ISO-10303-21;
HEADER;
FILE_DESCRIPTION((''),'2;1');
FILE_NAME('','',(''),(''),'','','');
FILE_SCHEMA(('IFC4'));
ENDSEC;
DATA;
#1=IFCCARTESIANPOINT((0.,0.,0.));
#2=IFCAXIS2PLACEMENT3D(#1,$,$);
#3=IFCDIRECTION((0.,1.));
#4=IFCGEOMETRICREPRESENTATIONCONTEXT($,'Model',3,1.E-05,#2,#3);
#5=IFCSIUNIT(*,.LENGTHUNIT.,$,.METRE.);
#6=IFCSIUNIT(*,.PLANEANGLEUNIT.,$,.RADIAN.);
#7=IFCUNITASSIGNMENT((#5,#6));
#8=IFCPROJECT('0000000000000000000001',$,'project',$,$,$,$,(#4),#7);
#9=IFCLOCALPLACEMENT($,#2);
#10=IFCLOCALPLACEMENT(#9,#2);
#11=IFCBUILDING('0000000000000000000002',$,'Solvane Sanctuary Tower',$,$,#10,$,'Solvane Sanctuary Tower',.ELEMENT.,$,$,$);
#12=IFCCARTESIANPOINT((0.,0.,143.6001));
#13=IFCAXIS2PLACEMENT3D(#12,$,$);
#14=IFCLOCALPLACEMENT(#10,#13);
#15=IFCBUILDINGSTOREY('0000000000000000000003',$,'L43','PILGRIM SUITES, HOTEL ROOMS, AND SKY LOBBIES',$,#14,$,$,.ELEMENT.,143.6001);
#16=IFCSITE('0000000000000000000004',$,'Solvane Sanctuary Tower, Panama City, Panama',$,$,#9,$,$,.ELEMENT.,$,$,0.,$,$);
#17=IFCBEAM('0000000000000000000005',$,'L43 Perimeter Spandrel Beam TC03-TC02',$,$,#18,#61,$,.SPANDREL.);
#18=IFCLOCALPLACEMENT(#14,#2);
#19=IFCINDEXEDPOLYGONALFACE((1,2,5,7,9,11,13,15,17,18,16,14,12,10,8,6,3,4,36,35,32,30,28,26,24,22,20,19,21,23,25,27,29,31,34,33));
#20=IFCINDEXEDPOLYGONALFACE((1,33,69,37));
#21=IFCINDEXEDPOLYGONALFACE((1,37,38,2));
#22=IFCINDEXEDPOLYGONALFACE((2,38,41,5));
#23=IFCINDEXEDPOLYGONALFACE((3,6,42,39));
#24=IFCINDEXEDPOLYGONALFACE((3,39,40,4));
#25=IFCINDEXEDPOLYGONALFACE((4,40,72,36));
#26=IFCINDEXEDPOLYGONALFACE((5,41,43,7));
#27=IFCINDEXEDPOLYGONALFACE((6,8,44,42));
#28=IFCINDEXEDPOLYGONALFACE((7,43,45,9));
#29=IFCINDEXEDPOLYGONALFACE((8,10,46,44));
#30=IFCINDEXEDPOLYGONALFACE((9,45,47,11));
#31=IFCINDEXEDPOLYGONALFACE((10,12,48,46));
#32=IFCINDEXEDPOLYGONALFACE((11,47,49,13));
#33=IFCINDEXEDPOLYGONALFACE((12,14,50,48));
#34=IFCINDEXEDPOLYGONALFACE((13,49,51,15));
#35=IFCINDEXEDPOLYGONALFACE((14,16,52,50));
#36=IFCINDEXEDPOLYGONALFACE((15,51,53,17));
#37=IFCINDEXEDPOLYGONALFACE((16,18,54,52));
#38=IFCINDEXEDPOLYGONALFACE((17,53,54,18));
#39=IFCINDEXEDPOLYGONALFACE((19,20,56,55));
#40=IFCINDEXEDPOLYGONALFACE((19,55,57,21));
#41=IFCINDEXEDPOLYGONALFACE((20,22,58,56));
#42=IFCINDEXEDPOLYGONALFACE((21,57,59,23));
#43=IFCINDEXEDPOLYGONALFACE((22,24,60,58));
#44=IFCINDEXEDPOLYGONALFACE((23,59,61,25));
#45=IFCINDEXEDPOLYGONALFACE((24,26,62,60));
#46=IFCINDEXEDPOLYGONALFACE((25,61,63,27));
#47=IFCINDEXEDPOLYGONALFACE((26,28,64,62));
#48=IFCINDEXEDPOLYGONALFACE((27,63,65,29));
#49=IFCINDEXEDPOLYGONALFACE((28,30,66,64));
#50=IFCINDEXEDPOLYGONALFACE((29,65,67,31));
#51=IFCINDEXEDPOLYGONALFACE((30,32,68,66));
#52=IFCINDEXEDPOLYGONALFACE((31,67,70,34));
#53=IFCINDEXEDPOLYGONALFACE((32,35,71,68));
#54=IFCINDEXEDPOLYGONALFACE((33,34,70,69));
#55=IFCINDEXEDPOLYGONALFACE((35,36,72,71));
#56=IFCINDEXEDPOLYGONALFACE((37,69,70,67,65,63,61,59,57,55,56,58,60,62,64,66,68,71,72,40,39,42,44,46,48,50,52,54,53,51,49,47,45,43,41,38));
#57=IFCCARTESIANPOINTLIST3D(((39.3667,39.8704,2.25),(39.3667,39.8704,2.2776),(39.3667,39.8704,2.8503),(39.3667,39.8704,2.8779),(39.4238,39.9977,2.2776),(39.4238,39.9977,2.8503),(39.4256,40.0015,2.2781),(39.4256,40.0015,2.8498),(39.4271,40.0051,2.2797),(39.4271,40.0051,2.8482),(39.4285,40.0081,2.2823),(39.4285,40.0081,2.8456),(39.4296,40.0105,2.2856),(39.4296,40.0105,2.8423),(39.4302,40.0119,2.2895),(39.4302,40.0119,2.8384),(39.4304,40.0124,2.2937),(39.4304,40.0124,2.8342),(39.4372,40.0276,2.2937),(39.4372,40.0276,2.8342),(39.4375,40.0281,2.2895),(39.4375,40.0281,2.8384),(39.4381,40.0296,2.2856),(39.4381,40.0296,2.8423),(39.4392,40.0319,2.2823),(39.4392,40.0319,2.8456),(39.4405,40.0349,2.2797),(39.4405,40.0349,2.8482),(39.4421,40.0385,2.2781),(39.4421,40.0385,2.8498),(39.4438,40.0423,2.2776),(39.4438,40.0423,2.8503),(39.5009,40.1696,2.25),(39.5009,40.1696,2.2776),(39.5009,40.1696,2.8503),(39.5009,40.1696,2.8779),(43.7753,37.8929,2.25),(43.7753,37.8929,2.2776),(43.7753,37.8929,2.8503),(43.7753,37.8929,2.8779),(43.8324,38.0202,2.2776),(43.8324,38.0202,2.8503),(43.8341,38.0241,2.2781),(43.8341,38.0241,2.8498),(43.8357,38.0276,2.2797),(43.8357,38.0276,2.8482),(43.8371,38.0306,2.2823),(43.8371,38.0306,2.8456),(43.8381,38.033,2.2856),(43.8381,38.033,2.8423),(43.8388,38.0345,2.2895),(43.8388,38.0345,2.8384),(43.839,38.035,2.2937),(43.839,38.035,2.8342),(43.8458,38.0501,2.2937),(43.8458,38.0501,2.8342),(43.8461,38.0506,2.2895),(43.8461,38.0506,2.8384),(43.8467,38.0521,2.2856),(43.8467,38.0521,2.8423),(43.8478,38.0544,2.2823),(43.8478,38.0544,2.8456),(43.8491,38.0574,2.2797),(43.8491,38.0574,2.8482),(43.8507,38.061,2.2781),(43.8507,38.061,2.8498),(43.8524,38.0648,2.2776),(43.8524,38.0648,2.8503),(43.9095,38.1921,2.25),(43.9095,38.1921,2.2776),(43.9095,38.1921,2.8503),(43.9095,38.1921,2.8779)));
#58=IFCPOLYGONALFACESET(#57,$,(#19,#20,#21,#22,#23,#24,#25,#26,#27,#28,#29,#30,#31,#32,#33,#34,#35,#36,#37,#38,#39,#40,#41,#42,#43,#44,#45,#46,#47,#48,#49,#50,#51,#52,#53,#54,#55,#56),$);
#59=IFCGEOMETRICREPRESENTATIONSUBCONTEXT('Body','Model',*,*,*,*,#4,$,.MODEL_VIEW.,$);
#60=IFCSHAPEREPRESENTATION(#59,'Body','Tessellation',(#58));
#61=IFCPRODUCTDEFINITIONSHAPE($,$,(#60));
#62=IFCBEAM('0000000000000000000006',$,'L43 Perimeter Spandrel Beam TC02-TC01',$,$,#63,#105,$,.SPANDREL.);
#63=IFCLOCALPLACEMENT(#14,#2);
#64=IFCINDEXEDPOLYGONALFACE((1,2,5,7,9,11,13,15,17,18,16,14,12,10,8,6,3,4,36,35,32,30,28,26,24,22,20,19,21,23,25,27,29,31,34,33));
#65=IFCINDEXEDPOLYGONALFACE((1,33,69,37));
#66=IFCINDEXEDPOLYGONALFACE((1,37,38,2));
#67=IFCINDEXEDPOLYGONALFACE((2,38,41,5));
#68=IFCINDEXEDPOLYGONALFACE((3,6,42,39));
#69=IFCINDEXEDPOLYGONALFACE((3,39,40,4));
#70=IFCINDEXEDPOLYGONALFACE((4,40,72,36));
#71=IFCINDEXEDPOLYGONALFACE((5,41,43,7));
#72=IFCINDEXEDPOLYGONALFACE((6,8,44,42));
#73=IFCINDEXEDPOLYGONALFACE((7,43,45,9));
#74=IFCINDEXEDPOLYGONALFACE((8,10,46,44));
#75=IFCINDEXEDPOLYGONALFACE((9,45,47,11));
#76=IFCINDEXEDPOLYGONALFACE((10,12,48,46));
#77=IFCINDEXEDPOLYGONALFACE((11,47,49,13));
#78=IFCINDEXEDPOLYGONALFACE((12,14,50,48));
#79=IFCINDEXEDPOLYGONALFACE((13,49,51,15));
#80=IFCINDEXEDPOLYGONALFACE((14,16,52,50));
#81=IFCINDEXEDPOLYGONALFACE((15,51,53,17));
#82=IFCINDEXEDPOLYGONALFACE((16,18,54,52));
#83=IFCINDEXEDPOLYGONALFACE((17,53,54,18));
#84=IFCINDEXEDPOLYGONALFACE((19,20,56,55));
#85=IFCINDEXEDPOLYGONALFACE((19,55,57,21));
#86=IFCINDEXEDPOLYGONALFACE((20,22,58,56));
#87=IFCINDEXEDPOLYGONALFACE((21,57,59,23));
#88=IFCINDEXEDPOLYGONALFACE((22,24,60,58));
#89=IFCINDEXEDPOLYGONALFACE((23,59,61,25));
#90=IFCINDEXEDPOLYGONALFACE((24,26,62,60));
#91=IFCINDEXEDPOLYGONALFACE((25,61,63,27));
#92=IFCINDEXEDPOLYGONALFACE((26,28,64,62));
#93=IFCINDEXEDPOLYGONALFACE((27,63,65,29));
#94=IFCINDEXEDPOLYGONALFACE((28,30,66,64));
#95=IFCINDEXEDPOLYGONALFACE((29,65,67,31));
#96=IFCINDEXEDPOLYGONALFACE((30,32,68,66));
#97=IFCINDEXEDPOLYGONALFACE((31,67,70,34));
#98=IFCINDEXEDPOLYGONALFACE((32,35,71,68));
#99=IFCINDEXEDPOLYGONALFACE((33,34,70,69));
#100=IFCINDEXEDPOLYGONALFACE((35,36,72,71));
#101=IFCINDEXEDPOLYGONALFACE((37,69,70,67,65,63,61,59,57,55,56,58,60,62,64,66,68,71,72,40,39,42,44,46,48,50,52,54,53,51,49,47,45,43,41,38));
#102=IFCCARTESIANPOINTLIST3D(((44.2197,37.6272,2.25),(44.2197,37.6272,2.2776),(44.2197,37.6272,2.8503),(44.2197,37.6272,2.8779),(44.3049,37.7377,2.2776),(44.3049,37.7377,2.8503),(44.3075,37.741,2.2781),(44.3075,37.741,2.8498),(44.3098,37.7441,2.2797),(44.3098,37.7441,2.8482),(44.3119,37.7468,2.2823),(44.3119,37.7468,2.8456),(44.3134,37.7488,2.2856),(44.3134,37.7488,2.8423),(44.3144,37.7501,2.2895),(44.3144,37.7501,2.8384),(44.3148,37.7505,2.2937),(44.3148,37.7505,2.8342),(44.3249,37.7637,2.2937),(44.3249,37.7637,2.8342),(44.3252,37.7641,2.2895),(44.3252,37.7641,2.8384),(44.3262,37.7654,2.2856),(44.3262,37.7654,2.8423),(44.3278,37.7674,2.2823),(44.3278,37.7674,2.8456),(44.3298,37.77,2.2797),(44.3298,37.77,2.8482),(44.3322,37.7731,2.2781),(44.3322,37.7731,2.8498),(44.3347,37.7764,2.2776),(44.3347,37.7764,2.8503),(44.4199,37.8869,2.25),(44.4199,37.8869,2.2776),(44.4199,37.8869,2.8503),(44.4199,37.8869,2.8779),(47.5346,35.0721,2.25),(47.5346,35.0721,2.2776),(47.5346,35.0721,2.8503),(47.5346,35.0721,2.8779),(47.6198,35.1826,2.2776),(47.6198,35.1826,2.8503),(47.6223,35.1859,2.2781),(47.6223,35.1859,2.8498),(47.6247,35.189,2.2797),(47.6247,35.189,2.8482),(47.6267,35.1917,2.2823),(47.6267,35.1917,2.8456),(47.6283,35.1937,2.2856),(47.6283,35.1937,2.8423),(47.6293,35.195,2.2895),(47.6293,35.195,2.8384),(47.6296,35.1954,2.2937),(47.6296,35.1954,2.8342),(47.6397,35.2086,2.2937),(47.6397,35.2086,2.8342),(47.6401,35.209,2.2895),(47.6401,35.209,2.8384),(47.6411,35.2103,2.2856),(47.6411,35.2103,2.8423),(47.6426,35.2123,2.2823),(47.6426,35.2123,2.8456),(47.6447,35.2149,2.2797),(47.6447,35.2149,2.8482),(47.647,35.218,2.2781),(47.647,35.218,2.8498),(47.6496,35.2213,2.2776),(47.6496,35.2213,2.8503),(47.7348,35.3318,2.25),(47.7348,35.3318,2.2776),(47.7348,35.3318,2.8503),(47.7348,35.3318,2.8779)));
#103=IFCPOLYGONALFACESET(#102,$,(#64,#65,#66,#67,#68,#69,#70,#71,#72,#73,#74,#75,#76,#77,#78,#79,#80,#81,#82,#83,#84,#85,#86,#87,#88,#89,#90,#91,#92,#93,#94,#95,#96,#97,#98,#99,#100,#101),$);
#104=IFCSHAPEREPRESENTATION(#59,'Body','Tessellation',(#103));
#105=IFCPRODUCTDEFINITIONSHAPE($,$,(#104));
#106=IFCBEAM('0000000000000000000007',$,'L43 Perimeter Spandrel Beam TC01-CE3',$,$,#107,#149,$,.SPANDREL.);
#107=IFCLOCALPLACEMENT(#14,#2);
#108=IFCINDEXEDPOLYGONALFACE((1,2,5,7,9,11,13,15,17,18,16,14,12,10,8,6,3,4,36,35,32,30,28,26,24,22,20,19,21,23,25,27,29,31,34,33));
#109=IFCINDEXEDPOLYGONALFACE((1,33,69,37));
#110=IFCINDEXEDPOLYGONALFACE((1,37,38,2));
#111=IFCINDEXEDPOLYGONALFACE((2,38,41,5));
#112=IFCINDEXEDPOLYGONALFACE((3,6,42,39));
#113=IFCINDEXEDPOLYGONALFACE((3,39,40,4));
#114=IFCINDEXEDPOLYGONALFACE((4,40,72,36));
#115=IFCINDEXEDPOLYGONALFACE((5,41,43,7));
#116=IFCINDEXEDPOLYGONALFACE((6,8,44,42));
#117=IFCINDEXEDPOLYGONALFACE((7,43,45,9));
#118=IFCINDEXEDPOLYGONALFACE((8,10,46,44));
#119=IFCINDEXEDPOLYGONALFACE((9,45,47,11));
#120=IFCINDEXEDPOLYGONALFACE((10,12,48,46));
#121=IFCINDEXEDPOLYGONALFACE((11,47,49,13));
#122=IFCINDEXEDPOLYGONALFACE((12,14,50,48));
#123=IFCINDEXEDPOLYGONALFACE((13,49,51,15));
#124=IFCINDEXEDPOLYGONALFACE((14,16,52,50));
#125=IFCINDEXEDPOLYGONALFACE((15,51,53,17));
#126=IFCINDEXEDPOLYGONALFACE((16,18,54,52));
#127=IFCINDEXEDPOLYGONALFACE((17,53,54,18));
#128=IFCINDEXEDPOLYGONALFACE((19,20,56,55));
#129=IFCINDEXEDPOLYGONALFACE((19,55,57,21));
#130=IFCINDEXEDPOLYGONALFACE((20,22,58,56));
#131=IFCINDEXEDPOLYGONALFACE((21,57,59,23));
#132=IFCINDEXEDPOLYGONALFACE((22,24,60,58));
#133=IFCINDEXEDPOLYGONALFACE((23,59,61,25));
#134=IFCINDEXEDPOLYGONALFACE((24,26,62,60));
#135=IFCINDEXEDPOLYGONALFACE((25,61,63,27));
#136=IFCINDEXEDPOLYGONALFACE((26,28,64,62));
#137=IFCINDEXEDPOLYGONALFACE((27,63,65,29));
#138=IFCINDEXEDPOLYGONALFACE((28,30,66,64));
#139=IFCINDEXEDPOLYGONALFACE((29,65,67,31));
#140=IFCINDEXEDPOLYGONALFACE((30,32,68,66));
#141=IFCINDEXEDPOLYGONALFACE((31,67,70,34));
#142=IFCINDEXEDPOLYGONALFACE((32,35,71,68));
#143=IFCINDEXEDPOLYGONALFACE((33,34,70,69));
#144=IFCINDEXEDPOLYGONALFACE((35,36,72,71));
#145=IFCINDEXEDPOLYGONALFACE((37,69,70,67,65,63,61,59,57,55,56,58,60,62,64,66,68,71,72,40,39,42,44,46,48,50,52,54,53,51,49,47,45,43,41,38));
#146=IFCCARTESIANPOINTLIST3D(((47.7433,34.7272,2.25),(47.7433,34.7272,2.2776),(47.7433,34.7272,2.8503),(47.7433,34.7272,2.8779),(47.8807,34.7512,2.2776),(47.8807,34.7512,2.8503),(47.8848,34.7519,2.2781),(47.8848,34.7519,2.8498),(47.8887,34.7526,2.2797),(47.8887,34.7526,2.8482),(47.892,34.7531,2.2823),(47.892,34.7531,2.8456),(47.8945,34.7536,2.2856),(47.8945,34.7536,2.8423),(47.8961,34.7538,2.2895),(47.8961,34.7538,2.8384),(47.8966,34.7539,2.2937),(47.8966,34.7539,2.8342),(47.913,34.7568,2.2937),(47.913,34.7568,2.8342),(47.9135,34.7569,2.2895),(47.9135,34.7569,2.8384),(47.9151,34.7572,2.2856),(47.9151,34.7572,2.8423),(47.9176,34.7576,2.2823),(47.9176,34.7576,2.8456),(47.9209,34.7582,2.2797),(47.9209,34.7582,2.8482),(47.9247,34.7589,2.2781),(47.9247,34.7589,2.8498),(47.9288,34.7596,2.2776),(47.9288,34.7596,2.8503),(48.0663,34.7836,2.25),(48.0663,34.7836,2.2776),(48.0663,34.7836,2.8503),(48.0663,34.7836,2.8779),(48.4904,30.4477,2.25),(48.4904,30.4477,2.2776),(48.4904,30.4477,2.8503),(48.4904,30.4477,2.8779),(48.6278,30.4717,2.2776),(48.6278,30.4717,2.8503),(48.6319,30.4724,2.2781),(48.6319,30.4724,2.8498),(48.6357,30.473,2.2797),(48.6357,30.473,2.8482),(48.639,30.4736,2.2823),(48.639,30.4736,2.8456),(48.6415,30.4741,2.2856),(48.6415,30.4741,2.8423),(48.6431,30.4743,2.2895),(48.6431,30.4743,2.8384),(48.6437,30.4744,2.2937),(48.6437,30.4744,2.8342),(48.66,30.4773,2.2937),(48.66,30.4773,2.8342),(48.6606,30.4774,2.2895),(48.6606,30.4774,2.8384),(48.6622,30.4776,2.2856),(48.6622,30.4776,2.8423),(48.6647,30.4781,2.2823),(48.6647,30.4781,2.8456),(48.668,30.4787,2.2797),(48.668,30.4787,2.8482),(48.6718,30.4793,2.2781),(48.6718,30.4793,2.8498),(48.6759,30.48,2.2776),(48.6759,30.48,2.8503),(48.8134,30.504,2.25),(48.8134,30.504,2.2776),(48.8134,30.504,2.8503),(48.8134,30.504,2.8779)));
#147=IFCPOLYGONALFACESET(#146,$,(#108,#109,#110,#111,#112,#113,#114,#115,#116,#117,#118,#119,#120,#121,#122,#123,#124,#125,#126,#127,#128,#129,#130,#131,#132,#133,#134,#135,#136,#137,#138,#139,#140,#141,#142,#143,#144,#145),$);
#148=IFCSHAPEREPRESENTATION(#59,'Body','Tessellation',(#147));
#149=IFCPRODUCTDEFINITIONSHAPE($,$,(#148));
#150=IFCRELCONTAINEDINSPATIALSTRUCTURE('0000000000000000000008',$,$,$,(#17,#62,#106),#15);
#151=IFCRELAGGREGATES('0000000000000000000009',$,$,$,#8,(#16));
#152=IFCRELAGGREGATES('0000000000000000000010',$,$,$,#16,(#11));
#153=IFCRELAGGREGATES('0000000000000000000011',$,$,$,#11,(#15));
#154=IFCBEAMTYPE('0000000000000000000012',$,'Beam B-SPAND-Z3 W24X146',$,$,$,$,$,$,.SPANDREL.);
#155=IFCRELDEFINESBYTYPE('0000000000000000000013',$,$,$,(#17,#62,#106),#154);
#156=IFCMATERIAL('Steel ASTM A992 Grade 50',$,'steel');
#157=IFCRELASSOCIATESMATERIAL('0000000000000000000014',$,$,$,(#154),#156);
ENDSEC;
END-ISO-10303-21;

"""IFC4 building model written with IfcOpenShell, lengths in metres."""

from ifc_helpers import new_model, si_unit, direction, frame, origin, origin_2d, place, context, subcontext, project, spatial, i_section, extrude, material, material_profile, profile_set, type_object, element, save


model = new_model("IFC4")

# Units and contexts
model_context = context("Model", 3, precision=1e-05, world=origin(), true_north=direction((0.0, 1.0)))
body_context = subcontext(model_context, "Body", "Model", "MODEL_VIEW")
ifc_project = project(units=[si_unit("LENGTHUNIT", "METRE"), si_unit("PLANEANGLEUNIT", "RADIAN")], contexts=[model_context])

# Site, building, storey
site_placement = place(None, origin())
site = spatial("IfcSite", under=ifc_project, at=site_placement, Name="Solvane Sanctuary Tower, Panama City, Panama", CompositionType="ELEMENT", RefElevation=0.0)
building_placement = place(site_placement, origin())
building = spatial("IfcBuilding", under=site, at=building_placement, Name="Solvane Sanctuary Tower", LongName="Solvane Sanctuary Tower", CompositionType="ELEMENT")
storey_placement = place(building_placement, frame((0.0, 0.0, 143.6001)))
storey = spatial("IfcBuildingStorey", under=building, at=storey_placement, Name="L43", Description="PILGRIM SUITES, HOTEL ROOMS, AND SKY LOBBIES", CompositionType="ELEMENT", Elevation=143.6001)

# Beams
ifc_material_1 = material(Name="Steel ASTM A992 Grade 50", Category="steel")
ifc_material_profile_1 = material_profile(ifc_material_1, i_section(OverallWidth=0.3279, OverallDepth=0.6279, WebThickness=0.0166, FlangeThickness=0.0276, FilletRadius=0.0161, at=origin_2d()), Name="W24X146")
ifc_profile_set_1 = profile_set([ifc_material_profile_1], Name="Steel ASTM A992 Grade 50")
beam_type_1 = type_object("IfcBeamType", Name="Beam B-SPAND-Z3 W24X146", PredefinedType="SPANDREL", material=ifc_profile_set_1)
beam_1_placement = place(storey_placement, frame((39.4338, 40.02, 2.564), z_axis=(0.912414, -0.409268, 0.0), x_axis=(0.409268, 0.912414, 0.0)))
element("IfcBeam", 1, at=beam_1_placement, inside=storey, type_object=beam_type_1, Name="L43 Perimeter Spandrel Beam TC03-TC02", PredefinedType="SPANDREL", context=body_context, shape_type="SweptSolid", body=[
    extrude(i_section(OverallWidth=0.3279, OverallDepth=0.6279, WebThickness=0.0166, FlangeThickness=0.0276, FilletRadius=0.0161, at=origin_2d()), origin(), (0.0, 0.0, 1.0), 4.8318),
])
beam_2_placement = place(storey_placement, frame((44.3198, 37.7571, 2.564), z_axis=(0.792021, -0.610494, 0.0), x_axis=(0.610494, 0.792021, 0.0)))
element("IfcBeam", 2, at=beam_2_placement, inside=storey, type_object=beam_type_1, Name="L43 Perimeter Spandrel Beam TC02-TC01", PredefinedType="SPANDREL", context=body_context, shape_type="SweptSolid", body=[
    extrude(i_section(OverallWidth=0.3279, OverallDepth=0.6279, WebThickness=0.0166, FlangeThickness=0.0276, FilletRadius=0.0161, at=origin_2d()), origin(), (0.0, 0.0, 1.0), 4.1853),
])
beam_3_placement = place(storey_placement, frame((47.9048, 34.7554, 2.564), z_axis=(0.171967, -0.985103, 0.0), x_axis=(0.985103, 0.171967, 0.0)))
element("IfcBeam", 3, at=beam_3_placement, inside=storey, type_object=beam_type_1, Name="L43 Perimeter Spandrel Beam TC01-CE3", PredefinedType="SPANDREL", context=body_context, shape_type="SweptSolid", body=[
    extrude(i_section(OverallWidth=0.3279, OverallDepth=0.6279, WebThickness=0.0166, FlangeThickness=0.0276, FilletRadius=0.0161, at=origin_2d()), origin(), (0.0, 0.0, 1.0), 4.3442),
])

save(model, "model.ifc")
